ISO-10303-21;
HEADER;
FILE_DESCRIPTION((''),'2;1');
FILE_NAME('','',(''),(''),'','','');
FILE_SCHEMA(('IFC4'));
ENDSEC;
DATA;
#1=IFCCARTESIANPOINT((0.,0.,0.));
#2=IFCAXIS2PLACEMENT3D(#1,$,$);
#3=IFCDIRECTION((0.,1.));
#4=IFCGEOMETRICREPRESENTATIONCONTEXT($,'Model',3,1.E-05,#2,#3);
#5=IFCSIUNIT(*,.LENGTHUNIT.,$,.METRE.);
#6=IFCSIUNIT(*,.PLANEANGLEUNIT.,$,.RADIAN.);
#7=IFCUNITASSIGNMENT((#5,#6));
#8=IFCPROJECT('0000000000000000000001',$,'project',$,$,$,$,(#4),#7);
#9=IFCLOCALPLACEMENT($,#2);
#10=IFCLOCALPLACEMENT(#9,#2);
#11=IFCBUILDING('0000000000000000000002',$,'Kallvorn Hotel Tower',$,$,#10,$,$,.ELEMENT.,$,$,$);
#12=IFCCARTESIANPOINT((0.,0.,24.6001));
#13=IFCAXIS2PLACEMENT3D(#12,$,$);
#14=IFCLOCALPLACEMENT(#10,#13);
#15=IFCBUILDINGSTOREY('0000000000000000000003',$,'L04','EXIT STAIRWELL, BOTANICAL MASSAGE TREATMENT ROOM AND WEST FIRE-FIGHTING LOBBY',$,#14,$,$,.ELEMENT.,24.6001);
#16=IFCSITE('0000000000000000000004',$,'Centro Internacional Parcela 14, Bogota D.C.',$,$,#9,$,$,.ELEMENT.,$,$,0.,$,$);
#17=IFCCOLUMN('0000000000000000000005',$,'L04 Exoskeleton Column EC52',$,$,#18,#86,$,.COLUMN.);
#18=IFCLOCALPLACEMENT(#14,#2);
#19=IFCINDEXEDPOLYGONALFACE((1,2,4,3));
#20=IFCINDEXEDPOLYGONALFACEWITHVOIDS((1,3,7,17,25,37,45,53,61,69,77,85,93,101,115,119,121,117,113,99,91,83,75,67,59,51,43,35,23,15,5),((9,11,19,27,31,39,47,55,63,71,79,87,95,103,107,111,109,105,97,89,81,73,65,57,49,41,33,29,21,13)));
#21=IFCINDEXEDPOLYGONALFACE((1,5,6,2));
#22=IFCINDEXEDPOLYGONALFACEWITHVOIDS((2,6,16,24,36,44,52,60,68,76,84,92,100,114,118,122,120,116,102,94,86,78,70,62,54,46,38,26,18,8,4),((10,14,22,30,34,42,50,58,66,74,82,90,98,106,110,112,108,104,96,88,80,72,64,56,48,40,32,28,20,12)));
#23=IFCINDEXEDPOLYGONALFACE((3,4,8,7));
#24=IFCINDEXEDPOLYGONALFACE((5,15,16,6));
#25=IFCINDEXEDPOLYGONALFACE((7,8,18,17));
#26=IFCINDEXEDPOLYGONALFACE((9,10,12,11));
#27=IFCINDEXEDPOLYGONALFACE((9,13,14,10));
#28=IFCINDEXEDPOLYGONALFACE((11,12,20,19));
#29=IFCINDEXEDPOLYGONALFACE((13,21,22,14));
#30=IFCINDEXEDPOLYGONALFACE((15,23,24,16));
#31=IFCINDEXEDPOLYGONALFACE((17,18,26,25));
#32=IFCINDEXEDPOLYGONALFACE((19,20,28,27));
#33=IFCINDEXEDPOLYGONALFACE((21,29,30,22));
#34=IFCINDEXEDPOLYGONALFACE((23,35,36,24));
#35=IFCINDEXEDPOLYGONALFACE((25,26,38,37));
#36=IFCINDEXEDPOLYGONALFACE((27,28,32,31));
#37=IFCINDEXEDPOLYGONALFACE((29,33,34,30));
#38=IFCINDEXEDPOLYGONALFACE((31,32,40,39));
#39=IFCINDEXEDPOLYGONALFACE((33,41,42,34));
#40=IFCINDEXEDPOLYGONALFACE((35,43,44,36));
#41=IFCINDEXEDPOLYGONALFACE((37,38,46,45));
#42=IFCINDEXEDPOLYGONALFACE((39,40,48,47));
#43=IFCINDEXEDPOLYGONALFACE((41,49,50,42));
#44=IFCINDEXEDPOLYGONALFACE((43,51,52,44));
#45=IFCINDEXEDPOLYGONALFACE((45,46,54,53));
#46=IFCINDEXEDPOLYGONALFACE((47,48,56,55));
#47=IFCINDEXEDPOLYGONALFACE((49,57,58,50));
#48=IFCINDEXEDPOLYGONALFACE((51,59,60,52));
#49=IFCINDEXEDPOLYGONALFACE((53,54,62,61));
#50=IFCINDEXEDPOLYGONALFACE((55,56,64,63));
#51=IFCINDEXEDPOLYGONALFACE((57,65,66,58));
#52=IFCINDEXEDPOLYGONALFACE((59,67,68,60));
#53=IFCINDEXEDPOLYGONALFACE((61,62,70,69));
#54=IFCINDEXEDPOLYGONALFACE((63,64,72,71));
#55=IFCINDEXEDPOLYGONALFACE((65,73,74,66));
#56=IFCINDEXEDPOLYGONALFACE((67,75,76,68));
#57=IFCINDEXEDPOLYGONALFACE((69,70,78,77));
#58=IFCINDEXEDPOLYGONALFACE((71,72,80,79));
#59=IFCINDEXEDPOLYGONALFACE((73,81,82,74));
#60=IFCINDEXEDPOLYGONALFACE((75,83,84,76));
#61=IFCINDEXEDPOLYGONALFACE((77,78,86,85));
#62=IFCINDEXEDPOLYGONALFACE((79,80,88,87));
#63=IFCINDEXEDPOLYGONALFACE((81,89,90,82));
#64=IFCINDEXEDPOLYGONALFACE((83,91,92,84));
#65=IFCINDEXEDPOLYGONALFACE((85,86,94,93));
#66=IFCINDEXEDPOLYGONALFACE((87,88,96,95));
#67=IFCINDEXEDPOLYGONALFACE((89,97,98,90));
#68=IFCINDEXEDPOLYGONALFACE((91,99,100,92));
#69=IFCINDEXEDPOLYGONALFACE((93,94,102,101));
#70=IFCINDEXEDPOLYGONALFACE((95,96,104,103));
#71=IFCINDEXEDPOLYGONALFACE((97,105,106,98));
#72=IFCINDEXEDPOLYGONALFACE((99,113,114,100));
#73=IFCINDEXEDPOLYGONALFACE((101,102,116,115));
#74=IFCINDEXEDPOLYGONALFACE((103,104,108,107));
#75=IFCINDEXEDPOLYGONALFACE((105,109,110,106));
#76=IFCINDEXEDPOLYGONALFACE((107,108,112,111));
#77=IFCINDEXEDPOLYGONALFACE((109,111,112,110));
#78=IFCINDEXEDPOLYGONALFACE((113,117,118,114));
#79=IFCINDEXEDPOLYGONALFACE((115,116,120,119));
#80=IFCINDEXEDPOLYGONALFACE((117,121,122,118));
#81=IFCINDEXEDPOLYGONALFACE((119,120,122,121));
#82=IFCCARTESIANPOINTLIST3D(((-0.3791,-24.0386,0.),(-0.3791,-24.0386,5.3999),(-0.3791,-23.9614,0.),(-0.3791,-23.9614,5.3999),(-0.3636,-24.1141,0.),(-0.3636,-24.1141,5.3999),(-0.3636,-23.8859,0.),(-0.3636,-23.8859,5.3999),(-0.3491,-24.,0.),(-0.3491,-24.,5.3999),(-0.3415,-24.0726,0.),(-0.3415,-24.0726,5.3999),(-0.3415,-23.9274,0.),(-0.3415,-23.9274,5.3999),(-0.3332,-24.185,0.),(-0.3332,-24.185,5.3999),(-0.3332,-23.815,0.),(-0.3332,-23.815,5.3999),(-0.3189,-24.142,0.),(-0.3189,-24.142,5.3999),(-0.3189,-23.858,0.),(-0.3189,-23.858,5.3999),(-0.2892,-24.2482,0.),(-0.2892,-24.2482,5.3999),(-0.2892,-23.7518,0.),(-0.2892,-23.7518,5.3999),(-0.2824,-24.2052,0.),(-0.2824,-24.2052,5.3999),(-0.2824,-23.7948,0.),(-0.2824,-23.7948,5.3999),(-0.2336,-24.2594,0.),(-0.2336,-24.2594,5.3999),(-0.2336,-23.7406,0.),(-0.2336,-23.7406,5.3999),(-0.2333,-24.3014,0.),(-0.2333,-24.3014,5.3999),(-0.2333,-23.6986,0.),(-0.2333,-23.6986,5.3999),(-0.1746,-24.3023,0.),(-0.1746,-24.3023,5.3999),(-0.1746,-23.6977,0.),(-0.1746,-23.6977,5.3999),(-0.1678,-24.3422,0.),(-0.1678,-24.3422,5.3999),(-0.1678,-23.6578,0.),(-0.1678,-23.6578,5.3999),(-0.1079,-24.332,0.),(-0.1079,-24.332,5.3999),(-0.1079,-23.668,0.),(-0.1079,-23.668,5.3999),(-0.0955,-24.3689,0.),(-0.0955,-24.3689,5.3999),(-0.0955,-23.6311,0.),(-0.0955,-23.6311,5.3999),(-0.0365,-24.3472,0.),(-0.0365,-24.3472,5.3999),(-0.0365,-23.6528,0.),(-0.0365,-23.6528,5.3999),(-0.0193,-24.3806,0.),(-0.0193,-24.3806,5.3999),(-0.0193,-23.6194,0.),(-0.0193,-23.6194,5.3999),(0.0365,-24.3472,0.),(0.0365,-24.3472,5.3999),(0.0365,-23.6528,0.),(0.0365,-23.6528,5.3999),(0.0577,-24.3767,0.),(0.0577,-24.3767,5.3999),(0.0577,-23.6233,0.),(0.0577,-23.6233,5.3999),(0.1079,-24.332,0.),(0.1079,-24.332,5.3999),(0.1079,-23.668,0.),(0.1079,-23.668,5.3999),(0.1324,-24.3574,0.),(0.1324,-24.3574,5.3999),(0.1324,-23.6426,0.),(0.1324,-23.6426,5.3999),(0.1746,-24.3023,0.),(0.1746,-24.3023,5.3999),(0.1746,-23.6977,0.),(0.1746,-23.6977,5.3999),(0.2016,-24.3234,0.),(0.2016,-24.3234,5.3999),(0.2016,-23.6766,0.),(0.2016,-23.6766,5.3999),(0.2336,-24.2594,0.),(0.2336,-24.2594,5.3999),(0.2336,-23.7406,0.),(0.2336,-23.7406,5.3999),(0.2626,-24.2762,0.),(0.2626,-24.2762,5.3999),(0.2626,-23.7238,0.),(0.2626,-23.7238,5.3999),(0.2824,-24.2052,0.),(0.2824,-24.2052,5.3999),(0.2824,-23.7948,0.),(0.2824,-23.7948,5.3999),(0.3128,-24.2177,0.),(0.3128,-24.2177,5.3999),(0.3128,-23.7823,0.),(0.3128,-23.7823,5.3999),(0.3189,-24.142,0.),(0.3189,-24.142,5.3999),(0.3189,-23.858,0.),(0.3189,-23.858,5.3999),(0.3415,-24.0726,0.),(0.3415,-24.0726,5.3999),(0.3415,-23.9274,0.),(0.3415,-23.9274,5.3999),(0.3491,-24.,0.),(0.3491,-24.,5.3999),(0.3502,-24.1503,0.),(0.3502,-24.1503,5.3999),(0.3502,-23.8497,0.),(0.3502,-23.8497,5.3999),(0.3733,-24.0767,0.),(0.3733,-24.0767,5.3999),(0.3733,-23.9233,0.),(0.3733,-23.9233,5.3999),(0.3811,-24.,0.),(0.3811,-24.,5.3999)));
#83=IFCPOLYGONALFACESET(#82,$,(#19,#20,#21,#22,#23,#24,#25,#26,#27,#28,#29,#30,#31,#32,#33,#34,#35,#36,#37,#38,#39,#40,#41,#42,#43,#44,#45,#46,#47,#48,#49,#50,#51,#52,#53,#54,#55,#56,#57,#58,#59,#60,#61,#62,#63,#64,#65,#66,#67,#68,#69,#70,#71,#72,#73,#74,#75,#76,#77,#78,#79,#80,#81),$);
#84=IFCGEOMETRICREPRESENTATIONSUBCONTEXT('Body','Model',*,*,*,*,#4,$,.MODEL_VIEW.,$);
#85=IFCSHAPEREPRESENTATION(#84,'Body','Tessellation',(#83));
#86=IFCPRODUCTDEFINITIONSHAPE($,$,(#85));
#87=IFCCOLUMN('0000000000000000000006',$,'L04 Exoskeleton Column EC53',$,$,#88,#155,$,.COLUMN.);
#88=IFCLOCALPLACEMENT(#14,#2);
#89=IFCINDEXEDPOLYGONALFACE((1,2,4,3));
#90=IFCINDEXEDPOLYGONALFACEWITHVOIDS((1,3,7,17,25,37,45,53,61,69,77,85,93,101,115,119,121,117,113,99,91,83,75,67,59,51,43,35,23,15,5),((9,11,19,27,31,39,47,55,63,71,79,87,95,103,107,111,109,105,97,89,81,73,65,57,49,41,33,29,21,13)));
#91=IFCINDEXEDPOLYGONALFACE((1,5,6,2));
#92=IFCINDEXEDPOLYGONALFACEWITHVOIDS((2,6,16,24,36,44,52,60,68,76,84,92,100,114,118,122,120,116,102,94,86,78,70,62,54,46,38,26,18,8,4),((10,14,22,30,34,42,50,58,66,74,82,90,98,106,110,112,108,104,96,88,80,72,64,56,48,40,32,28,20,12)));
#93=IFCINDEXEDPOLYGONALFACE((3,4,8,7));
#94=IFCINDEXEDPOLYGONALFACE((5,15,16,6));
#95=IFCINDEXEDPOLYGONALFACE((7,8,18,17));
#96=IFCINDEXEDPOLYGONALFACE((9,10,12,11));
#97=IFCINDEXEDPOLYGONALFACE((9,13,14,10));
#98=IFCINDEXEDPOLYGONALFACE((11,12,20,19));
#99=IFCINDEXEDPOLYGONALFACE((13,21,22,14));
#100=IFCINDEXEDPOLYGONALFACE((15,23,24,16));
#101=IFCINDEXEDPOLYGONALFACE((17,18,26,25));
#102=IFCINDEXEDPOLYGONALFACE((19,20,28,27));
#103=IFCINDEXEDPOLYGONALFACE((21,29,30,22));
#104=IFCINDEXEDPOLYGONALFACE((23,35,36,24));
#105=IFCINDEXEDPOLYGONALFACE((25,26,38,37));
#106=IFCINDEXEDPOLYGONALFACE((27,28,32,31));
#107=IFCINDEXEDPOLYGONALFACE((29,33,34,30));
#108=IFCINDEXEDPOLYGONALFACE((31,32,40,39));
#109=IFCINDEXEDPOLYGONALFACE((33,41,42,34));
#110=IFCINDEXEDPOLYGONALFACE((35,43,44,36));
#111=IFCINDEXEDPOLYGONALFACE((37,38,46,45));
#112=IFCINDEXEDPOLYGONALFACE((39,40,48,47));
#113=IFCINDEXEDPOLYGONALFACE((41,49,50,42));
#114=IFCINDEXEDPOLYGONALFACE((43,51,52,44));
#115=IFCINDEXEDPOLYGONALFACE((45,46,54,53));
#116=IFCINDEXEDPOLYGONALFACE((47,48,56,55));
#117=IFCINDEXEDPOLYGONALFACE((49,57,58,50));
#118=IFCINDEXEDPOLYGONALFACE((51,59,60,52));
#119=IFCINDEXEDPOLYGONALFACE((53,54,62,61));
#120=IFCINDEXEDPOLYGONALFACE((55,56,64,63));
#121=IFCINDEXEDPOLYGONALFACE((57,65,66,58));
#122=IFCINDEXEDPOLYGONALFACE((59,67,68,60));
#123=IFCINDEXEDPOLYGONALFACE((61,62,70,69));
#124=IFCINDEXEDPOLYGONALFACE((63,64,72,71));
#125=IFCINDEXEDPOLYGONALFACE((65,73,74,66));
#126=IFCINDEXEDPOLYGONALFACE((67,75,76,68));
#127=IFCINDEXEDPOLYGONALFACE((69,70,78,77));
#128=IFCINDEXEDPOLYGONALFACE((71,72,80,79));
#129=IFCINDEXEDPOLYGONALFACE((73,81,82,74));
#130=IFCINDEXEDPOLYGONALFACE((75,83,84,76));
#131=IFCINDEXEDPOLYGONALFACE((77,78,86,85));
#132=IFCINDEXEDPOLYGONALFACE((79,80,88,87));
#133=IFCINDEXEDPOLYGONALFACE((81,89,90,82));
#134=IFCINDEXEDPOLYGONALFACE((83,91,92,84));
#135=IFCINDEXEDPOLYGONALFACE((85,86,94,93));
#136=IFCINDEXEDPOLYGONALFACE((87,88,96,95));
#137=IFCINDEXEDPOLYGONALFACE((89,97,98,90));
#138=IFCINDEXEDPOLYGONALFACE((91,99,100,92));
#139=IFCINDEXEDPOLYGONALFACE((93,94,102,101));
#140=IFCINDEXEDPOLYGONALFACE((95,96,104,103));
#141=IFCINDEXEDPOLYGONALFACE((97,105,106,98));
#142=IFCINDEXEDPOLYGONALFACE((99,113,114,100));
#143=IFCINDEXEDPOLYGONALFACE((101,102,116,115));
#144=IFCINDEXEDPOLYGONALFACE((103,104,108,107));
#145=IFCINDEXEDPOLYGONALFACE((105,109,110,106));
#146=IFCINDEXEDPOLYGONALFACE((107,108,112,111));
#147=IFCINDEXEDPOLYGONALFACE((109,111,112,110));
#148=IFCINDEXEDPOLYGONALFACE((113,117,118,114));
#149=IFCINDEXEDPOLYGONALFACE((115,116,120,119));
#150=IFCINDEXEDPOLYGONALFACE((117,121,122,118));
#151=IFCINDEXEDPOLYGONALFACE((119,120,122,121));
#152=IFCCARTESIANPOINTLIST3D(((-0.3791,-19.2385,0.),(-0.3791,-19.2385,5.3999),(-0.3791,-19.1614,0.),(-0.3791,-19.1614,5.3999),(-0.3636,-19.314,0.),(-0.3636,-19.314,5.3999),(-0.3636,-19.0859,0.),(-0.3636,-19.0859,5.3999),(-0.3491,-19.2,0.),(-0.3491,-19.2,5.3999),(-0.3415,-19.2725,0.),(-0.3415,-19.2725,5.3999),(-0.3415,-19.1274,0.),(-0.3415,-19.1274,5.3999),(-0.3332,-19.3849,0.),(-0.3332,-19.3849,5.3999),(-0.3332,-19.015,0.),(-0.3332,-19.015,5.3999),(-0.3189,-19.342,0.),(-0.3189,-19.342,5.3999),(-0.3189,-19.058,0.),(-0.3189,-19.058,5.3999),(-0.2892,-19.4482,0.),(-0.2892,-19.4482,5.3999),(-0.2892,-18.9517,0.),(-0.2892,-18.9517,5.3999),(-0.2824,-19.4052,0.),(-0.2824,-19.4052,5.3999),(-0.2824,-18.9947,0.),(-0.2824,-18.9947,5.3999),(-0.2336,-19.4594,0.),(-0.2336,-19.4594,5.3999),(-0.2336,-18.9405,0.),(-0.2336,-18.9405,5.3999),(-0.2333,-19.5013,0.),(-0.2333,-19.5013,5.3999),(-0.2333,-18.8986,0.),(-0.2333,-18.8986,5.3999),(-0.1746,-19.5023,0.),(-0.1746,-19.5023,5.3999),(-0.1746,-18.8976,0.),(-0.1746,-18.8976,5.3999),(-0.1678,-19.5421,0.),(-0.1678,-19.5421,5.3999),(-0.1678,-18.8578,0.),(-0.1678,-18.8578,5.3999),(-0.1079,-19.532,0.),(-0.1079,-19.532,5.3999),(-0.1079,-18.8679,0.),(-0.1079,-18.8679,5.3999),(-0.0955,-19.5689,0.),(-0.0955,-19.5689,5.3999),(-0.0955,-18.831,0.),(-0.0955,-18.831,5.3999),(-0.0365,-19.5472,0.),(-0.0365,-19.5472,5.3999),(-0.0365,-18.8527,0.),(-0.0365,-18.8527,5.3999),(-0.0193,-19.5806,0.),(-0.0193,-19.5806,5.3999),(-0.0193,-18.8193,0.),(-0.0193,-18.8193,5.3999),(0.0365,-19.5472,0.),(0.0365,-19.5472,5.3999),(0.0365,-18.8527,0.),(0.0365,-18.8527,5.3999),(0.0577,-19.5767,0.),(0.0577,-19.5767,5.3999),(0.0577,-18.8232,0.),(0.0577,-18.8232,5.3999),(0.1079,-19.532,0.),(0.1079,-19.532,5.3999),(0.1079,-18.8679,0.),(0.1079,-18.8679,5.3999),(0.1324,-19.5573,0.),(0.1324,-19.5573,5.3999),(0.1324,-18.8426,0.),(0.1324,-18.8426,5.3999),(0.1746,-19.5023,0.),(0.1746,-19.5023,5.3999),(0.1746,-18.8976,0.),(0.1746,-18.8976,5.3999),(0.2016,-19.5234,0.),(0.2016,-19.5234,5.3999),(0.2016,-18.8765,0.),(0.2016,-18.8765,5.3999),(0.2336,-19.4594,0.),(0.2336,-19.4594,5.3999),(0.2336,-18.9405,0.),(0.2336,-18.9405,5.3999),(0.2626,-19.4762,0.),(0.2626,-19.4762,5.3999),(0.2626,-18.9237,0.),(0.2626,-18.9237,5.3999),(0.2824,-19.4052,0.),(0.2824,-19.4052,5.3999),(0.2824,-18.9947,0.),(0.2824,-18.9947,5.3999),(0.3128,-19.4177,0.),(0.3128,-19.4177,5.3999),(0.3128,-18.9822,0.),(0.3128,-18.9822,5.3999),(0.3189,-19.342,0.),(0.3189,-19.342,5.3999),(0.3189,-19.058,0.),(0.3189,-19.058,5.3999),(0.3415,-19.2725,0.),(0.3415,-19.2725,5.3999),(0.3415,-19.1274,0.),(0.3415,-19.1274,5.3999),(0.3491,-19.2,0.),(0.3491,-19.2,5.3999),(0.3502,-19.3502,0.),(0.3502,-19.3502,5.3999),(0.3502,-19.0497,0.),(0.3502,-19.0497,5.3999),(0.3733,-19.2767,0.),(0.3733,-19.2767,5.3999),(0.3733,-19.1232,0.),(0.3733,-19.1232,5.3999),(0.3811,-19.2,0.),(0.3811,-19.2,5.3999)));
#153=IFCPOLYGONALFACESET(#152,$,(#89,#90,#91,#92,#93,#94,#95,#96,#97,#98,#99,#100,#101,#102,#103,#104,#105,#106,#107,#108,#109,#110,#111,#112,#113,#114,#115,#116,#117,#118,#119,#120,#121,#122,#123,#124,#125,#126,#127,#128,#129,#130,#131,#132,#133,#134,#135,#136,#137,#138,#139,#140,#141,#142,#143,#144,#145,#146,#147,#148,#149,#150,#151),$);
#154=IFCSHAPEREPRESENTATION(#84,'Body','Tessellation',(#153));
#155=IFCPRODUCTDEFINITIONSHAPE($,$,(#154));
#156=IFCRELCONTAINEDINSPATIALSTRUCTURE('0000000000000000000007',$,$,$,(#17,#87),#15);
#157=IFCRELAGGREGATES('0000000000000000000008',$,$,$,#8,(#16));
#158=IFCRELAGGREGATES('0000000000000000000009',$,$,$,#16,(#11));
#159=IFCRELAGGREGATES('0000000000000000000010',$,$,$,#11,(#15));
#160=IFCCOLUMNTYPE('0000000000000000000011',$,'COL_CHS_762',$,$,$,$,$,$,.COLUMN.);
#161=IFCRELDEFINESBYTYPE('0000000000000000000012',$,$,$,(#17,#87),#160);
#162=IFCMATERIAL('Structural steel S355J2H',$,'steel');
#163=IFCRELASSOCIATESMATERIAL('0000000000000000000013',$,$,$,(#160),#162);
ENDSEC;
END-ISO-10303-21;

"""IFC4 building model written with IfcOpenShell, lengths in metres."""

from ifc_helpers import new_model, si_unit, direction, frame, origin, origin_2d, place, context, subcontext, project, spatial, hollow_circle, extrude, material, material_profile, profile_set, type_object, element, save


model = new_model("IFC4")

# Units and contexts
model_context = context("Model", 3, precision=1e-05, world=origin(), true_north=direction((0.0, 1.0)))
body_context = subcontext(model_context, "Body", "Model", "MODEL_VIEW")
ifc_project = project(units=[si_unit("LENGTHUNIT", "METRE"), si_unit("PLANEANGLEUNIT", "RADIAN")], contexts=[model_context])

# Site, building, storey
site_placement = place(None, origin())
site = spatial("IfcSite", under=ifc_project, at=site_placement, Name="Centro Internacional Parcela 14, Bogota D.C.", CompositionType="ELEMENT", RefElevation=0.0)
building_placement = place(site_placement, origin())
building = spatial("IfcBuilding", under=site, at=building_placement, Name="Kallvorn Hotel Tower", CompositionType="ELEMENT")
storey_placement = place(building_placement, frame((0.0, 0.0, 24.6001)))
storey = spatial("IfcBuildingStorey", under=building, at=storey_placement, Name="L04", Description="EXIT STAIRWELL, BOTANICAL MASSAGE TREATMENT ROOM AND WEST FIRE-FIGHTING LOBBY", CompositionType="ELEMENT", Elevation=24.6001)

# Columns
ifc_material_1 = material(Name="Structural steel S355J2H", Category="steel")
ifc_material_profile_1 = material_profile(ifc_material_1, hollow_circle(Radius=0.3811, WallThickness=0.032, at=origin_2d()), Name="CHS 762x32")
ifc_profile_set_1 = profile_set([ifc_material_profile_1], Name="Structural steel S355J2H")
column_type_1 = type_object("IfcColumnType", Name="COL_CHS_762", PredefinedType="COLUMN", material=ifc_profile_set_1)
for number, where, z_axis, x_axis, name in (
    (1, (0.0, -24.0, 0.0), (0.0, 0.0, 1.0), (1.0, 0.0, 0.0), "L04 Exoskeleton Column EC52"),
    (2, (0.0, -19.2, 0.0), (0.0, 0.0, 1.0), (1.0, 0.0, 0.0), "L04 Exoskeleton Column EC53"),
):
    element("IfcColumn", number, at=place(storey_placement, frame(where, z_axis=z_axis, x_axis=x_axis)), inside=storey, type_object=column_type_1, Name=name, PredefinedType="COLUMN", context=body_context, shape_type="SweptSolid", body=[
        extrude(hollow_circle(Radius=0.3811, WallThickness=0.032, at=origin_2d()), origin(), (0.0, 0.0, 1.0), 5.3999),
    ])

save(model, "model.ifc")
